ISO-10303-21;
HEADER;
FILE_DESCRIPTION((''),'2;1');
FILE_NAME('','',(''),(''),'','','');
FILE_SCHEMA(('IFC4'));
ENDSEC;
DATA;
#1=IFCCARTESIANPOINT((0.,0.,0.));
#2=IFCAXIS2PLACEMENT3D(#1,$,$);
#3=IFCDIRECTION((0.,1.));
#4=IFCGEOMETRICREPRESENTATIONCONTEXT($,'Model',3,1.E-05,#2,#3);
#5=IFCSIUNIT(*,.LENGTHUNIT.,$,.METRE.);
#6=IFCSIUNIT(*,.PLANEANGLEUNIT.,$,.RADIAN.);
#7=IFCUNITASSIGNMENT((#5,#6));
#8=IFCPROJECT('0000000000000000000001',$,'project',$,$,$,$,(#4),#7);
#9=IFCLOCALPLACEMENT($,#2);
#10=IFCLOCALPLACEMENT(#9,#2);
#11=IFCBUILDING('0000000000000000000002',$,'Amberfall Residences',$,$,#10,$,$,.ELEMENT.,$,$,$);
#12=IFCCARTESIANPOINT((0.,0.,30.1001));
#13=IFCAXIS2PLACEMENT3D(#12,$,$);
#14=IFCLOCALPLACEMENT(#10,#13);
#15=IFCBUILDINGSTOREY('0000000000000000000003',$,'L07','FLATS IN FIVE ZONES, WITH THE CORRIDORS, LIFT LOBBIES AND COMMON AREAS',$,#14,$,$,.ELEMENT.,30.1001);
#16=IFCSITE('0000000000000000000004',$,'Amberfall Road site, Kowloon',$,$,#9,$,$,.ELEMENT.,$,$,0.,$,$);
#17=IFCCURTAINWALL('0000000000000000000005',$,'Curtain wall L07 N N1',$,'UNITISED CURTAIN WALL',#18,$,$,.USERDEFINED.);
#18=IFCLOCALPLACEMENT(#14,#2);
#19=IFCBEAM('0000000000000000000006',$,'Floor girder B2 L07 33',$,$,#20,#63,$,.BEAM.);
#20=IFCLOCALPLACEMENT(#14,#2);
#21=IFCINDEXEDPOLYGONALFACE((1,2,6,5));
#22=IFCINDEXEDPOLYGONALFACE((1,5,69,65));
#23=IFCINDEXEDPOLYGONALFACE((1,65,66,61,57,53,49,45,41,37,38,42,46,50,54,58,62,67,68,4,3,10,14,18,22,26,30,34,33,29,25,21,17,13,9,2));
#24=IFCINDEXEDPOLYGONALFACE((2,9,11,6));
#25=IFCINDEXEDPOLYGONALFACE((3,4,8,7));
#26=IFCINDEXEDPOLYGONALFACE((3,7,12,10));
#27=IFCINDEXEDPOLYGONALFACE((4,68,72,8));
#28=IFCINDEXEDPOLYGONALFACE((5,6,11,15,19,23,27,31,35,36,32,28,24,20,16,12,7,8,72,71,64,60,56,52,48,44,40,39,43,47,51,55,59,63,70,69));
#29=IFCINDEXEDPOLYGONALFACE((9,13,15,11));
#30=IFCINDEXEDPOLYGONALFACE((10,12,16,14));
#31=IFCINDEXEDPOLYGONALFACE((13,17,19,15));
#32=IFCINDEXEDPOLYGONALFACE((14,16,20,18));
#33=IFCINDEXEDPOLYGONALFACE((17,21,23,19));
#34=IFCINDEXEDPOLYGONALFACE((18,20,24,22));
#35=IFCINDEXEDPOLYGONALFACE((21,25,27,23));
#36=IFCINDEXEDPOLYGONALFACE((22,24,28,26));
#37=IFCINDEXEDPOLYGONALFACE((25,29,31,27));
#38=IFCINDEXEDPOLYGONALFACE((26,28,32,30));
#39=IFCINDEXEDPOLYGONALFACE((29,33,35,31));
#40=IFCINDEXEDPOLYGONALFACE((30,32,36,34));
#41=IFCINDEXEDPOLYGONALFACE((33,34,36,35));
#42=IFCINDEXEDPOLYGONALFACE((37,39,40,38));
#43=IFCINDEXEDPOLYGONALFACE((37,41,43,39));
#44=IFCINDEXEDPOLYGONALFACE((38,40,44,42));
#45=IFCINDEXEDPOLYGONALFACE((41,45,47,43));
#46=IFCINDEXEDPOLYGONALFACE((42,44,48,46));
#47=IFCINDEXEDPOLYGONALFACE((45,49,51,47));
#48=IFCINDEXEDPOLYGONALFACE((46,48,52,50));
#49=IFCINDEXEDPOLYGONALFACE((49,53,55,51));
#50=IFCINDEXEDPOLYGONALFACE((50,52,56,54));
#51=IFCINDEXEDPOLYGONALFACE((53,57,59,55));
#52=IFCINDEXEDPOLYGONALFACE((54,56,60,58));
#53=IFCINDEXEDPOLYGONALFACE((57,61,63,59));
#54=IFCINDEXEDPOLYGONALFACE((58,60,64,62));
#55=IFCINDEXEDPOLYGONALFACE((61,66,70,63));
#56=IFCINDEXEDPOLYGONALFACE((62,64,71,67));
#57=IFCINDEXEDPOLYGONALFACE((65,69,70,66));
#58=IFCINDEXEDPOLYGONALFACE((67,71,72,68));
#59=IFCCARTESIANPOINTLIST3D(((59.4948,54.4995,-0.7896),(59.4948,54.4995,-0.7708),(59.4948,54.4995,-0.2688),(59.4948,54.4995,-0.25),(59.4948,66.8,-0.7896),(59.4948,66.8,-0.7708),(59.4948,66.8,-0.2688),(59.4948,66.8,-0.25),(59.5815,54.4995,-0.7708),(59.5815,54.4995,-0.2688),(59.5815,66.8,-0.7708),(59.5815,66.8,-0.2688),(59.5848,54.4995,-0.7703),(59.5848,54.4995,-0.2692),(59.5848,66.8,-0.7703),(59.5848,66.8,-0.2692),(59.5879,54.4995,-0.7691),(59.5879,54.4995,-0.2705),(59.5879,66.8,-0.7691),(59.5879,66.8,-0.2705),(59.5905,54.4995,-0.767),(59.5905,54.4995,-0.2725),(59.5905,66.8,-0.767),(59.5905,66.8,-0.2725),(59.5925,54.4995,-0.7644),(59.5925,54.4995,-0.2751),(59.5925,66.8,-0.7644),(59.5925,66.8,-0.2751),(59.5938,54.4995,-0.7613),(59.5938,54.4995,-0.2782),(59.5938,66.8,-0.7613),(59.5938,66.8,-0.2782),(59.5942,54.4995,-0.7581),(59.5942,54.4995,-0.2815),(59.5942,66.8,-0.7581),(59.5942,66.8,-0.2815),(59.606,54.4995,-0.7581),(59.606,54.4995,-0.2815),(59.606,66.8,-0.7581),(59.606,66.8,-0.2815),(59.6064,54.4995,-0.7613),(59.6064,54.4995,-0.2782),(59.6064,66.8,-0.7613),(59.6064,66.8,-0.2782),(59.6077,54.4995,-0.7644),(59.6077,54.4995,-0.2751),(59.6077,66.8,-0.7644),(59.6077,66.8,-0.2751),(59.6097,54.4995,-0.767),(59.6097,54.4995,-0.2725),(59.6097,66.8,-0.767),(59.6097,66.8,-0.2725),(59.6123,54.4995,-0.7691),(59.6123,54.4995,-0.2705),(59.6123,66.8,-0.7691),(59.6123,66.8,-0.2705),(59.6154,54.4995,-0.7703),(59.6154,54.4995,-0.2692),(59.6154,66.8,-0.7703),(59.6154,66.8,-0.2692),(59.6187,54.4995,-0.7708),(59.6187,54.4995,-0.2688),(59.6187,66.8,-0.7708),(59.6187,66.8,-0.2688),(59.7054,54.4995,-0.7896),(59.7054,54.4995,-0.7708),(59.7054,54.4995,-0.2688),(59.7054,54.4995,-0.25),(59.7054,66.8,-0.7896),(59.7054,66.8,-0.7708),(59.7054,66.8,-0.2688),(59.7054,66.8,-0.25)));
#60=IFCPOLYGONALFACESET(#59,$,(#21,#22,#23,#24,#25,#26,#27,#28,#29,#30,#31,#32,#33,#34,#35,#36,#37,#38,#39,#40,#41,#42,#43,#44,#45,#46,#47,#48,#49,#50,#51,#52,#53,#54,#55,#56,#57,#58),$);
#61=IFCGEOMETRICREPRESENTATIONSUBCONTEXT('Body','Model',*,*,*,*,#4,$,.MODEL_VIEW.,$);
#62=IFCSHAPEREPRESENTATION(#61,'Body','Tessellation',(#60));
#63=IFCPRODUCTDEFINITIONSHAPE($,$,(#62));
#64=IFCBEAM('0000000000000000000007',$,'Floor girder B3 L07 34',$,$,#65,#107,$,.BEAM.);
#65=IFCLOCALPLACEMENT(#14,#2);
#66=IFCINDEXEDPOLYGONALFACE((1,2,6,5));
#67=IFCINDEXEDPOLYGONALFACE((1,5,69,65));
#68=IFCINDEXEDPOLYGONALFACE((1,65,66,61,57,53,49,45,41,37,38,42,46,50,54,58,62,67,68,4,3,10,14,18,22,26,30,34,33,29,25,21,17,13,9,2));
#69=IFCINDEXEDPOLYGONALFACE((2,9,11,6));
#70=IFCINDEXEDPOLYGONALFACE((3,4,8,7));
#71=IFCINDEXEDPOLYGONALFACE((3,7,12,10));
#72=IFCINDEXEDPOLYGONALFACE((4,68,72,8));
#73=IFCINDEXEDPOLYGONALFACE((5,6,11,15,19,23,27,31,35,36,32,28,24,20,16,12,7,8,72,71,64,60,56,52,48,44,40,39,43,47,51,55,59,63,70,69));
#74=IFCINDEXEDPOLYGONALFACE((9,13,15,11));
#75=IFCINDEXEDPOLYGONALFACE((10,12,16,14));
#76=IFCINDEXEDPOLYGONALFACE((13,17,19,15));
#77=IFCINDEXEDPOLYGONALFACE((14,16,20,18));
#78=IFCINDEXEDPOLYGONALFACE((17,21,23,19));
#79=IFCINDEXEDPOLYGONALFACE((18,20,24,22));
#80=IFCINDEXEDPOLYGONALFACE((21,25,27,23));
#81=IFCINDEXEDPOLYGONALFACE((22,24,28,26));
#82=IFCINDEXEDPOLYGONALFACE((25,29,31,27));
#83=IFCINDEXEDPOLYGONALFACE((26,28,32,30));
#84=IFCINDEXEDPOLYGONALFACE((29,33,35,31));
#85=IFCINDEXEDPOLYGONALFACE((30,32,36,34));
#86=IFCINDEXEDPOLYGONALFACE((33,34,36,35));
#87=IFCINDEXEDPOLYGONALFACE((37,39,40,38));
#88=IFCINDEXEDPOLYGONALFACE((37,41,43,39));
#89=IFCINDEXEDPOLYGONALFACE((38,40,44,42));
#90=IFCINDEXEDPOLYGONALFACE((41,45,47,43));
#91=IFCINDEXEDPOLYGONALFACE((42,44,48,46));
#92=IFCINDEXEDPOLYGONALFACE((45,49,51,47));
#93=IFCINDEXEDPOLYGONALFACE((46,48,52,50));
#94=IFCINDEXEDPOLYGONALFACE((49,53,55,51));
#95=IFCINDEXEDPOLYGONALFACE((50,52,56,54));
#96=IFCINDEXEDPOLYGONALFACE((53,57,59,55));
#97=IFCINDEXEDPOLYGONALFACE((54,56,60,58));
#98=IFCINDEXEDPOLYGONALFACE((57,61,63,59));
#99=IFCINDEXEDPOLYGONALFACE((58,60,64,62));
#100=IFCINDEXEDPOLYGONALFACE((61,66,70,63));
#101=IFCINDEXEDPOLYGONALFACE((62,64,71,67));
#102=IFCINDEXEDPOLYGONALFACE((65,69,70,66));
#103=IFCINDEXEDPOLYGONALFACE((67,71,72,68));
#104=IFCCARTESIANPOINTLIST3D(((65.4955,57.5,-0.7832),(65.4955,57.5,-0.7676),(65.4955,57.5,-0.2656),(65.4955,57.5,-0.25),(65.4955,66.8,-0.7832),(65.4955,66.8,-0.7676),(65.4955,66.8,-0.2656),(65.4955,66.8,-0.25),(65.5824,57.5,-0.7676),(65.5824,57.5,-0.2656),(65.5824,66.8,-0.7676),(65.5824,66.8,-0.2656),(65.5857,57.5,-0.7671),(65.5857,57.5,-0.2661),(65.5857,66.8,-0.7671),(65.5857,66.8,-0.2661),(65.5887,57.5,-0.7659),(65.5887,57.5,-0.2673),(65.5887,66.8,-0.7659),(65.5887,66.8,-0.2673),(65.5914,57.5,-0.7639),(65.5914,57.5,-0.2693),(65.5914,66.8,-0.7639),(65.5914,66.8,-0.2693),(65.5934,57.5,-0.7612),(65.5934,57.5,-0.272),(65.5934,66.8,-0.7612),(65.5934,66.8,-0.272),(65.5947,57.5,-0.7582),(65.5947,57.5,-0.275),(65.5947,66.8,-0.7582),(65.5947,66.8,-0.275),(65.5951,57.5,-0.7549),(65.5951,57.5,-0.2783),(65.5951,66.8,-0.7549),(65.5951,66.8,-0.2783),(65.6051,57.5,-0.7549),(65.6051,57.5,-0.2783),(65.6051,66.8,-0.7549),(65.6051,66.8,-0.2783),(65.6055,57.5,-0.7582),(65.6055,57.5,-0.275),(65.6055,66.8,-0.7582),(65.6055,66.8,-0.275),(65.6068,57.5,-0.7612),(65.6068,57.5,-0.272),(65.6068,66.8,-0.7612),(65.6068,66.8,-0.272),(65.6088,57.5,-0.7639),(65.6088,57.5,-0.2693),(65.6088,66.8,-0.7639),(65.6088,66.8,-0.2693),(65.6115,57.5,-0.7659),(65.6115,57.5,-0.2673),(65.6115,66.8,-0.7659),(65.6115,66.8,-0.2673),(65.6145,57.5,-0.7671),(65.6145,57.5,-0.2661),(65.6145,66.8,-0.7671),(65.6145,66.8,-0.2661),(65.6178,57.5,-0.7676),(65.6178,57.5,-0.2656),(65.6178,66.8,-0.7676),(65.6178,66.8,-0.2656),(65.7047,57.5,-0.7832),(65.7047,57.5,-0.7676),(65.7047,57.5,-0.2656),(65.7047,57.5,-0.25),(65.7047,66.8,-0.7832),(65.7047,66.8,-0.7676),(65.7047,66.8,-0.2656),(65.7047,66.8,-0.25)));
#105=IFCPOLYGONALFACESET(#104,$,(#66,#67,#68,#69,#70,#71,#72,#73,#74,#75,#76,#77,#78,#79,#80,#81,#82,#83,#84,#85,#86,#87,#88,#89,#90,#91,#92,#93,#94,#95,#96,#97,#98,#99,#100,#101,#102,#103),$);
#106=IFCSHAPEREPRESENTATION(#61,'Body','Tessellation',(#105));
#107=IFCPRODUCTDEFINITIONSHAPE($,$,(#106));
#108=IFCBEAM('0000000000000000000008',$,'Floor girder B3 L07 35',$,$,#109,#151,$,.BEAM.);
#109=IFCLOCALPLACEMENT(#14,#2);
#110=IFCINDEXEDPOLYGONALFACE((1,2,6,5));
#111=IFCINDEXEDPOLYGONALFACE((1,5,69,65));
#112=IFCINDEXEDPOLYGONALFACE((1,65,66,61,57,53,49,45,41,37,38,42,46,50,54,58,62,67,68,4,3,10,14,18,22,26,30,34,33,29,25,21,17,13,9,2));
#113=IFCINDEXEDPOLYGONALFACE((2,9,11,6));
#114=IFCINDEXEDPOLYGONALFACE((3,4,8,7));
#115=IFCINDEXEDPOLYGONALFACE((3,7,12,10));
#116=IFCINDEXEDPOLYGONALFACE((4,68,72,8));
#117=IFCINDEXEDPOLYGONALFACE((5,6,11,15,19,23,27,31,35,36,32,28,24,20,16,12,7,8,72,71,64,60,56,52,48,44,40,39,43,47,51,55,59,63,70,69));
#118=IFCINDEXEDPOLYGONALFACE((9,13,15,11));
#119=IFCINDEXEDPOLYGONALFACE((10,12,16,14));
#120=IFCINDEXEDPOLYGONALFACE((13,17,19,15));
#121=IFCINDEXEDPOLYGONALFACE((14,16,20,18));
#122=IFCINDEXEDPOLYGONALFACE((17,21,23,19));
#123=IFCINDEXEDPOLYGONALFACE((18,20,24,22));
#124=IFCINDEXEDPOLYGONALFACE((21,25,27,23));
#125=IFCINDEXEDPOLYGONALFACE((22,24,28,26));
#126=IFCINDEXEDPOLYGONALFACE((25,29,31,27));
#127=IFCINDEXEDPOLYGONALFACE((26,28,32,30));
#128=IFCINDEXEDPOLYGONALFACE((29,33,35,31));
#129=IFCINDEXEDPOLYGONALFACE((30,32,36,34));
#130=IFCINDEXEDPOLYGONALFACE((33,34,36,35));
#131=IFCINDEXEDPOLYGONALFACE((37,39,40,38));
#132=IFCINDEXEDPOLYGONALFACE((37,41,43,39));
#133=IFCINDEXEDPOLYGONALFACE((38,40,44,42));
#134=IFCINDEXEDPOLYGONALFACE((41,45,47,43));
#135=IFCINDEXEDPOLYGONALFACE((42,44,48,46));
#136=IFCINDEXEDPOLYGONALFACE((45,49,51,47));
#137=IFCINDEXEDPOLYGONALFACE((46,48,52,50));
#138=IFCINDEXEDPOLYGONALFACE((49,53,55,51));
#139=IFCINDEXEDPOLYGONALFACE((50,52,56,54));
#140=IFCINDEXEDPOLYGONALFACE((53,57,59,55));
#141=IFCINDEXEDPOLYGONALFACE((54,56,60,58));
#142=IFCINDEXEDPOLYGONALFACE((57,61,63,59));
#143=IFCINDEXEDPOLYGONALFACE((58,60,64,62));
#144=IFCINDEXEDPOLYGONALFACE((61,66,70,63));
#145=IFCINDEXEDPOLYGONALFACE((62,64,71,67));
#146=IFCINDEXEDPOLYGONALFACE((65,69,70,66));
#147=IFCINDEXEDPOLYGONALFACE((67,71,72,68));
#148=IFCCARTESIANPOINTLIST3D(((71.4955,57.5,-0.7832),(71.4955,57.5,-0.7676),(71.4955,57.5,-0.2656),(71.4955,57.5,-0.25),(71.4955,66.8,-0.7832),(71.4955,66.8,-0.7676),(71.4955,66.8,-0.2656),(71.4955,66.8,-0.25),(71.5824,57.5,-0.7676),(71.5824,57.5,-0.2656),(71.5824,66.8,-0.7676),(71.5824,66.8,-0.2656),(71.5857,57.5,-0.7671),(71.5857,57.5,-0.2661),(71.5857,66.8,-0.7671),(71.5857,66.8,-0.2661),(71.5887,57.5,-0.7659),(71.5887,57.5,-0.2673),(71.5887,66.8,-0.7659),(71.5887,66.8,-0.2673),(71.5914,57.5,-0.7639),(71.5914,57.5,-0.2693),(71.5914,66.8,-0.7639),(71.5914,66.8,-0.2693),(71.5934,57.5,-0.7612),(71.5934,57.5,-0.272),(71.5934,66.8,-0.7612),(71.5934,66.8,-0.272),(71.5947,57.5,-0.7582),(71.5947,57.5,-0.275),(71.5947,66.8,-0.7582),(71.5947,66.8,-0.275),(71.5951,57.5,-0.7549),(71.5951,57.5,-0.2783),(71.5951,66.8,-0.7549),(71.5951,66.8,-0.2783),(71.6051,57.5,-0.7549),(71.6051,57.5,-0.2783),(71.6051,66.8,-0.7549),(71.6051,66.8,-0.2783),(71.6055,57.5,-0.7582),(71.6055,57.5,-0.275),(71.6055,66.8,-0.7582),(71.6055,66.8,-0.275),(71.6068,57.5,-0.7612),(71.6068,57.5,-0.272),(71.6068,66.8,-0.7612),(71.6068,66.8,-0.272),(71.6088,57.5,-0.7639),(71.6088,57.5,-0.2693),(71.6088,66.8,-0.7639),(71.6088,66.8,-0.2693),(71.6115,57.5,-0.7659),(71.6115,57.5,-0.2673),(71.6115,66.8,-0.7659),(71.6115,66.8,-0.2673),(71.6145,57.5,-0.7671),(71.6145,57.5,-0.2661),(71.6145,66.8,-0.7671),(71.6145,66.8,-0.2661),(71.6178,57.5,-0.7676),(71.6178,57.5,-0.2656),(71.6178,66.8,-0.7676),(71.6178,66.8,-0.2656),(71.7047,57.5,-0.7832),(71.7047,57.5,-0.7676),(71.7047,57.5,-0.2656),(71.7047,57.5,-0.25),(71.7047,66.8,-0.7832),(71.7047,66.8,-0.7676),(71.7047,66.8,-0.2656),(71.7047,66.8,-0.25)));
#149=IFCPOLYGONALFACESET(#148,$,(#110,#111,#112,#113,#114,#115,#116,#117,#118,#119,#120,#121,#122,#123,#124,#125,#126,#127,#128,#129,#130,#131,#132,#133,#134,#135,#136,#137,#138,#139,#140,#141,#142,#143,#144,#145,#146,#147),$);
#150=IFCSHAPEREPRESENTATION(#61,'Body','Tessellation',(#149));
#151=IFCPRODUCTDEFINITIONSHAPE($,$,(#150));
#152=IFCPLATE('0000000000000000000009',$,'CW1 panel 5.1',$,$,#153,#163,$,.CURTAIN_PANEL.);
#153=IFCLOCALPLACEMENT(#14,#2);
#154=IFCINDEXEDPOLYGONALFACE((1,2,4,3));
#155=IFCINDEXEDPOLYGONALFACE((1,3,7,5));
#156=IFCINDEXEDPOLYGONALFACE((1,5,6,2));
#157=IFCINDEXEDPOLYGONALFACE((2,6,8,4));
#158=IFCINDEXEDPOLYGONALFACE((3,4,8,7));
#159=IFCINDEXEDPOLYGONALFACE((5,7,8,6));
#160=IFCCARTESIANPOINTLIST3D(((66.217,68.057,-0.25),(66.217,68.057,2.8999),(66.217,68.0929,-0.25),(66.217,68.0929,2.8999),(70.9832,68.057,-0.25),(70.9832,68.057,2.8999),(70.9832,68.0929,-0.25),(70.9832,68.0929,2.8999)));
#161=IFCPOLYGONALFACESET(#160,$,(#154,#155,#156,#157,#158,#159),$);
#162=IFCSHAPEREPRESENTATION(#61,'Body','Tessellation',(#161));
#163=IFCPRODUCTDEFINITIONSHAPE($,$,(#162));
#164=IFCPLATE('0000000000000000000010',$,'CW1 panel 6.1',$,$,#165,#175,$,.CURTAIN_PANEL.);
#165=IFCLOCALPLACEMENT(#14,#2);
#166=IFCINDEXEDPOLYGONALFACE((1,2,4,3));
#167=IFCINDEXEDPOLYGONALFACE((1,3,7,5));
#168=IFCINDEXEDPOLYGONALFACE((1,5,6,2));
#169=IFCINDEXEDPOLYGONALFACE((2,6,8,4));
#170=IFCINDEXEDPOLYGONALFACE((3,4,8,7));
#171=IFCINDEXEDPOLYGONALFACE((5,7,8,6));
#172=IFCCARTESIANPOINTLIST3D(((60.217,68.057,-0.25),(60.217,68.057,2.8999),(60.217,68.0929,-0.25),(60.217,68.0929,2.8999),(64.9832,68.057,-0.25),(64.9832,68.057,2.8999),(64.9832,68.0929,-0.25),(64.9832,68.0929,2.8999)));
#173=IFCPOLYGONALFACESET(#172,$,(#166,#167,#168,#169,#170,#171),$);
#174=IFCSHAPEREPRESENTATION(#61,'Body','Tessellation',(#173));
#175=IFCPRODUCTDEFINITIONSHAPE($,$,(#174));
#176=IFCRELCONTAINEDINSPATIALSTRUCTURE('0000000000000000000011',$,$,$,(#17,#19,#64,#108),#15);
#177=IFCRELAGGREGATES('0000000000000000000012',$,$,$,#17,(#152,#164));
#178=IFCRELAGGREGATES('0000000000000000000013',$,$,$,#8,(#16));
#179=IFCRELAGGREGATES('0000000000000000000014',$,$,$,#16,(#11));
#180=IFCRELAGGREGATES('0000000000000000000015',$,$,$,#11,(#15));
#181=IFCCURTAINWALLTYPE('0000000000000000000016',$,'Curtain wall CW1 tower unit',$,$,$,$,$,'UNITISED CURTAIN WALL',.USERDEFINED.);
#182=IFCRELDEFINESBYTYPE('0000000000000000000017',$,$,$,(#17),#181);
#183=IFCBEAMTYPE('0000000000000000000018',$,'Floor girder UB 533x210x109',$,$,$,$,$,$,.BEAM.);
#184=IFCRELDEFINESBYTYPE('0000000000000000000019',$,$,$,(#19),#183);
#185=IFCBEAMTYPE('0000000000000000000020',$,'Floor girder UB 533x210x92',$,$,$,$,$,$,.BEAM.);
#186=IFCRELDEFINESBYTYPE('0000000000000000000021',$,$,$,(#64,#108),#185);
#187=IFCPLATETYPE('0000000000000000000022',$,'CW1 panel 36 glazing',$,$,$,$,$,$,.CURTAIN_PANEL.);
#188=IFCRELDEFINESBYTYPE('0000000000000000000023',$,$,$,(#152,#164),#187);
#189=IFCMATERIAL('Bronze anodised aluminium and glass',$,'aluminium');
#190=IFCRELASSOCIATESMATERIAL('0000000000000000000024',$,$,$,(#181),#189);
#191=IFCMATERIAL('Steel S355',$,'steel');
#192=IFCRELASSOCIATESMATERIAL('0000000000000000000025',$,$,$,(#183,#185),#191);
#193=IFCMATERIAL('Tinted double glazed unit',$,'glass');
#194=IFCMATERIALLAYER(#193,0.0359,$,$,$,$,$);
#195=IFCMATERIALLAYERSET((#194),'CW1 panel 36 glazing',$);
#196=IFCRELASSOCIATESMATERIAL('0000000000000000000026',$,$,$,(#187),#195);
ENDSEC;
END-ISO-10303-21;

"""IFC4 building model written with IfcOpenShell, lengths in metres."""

from ifc_helpers import new_model, si_unit, direction, frame, origin, origin_2d, place, context, subcontext, project, spatial, rectangle, i_section, extrude, material, layer, layer_set, material_profile, profile_set, type_object, element, aggregate, save


model = new_model("IFC4")

# Units and contexts
model_context = context("Model", 3, precision=1e-05, world=origin(), true_north=direction((0.0, 1.0)))
body_context = subcontext(model_context, "Body", "Model", "MODEL_VIEW")
ifc_project = project(units=[si_unit("LENGTHUNIT", "METRE"), si_unit("PLANEANGLEUNIT", "RADIAN")], contexts=[model_context])

# Site, building, storey
site_placement = place(None, origin())
site = spatial("IfcSite", under=ifc_project, at=site_placement, Name="Amberfall Road site, Kowloon", CompositionType="ELEMENT", RefElevation=0.0)
building_placement = place(site_placement, origin())
building = spatial("IfcBuilding", under=site, at=building_placement, Name="Amberfall Residences", CompositionType="ELEMENT")
storey_placement = place(building_placement, frame((0.0, 0.0, 30.1001)))
storey = spatial("IfcBuildingStorey", under=building, at=storey_placement, Name="L07", Description="FLATS IN FIVE ZONES, WITH THE CORRIDORS, LIFT LOBBIES AND COMMON AREAS", CompositionType="ELEMENT", Elevation=30.1001)

# Curtain wall
ifc_material_1 = material(Name="Bronze anodised aluminium and glass", Category="aluminium")
curtain_wall_type = type_object("IfcCurtainWallType", Name="Curtain wall CW1 tower unit", ElementType="UNITISED CURTAIN WALL", PredefinedType="USERDEFINED", material=ifc_material_1)
curtain_wall_placement = place(storey_placement, origin())
curtain_wall = element("IfcCurtainWall", 1, at=curtain_wall_placement, inside=storey, type_object=curtain_wall_type, Name="Curtain wall L07 N N1", ObjectType="UNITISED CURTAIN WALL", PredefinedType="USERDEFINED")

# Shared definitions
ifc_material_2 = material(Name="Steel S355", Category="steel")

# Beams
ifc_material_profile_1 = material_profile(ifc_material_2, i_section(OverallWidth=0.2107, OverallDepth=0.5396, WebThickness=0.0117, FlangeThickness=0.0188, FilletRadius=0.0127, at=origin_2d()), Name="UB 533x210x109")
ifc_profile_set_1 = profile_set([ifc_material_profile_1], Name="Steel S355")
beam_type_1 = type_object("IfcBeamType", Name="Floor girder UB 533x210x109", PredefinedType="BEAM", material=ifc_profile_set_1)
beam_placement = place(storey_placement, frame((59.6001, 66.8, -0.5198), z_axis=(0.0, -1.0, 0.0), x_axis=(1.0, 0.0, 0.0)))
element("IfcBeam", 2, at=beam_placement, inside=storey, type_object=beam_type_1, Name="Floor girder B2 L07 33", PredefinedType="BEAM", context=body_context, shape_type="SweptSolid", body=[
    extrude(i_section(OverallWidth=0.2107, OverallDepth=0.5396, WebThickness=0.0117, FlangeThickness=0.0188, FilletRadius=0.0127, at=origin_2d()), origin(), (0.0, 0.0, 1.0), 12.3005),
])
ifc_material_profile_2 = material_profile(ifc_material_2, i_section(OverallWidth=0.2092, OverallDepth=0.5332, WebThickness=0.01, FlangeThickness=0.0156, FilletRadius=0.0127, at=origin_2d()), Name="UB 533x210x92")
ifc_profile_set_2 = profile_set([ifc_material_profile_2], Name="Steel S355")
beam_type_2 = type_object("IfcBeamType", Name="Floor girder UB 533x210x92", PredefinedType="BEAM", material=ifc_profile_set_2)
for number, where, z_axis, x_axis, name in (
    (3, (65.6001, 66.8, -0.5166), (0.0, -1.0, 0.0), (1.0, 0.0, 0.0), "Floor girder B3 L07 34"),
    (4, (71.6001, 66.8, -0.5166), (0.0, -1.0, 0.0), (1.0, 0.0, 0.0), "Floor girder B3 L07 35"),
):
    element("IfcBeam", number, at=place(storey_placement, frame(where, z_axis=z_axis, x_axis=x_axis)), inside=storey, type_object=beam_type_2, Name=name, PredefinedType="BEAM", context=body_context, shape_type="SweptSolid", body=[
        extrude(i_section(OverallWidth=0.2092, OverallDepth=0.5332, WebThickness=0.01, FlangeThickness=0.0156, FilletRadius=0.0127, at=origin_2d()), origin(), (0.0, 0.0, 1.0), 9.3),
    ])

# Plates
ifc_material_3 = material(Name="Tinted double glazed unit", Category="glass")
ifc_layer_1 = layer(ifc_material_3, 0.0359)
ifc_layer_set_1 = layer_set([ifc_layer_1], Name="CW1 panel 36 glazing")
plate_type = type_object("IfcPlateType", Name="CW1 panel 36 glazing", PredefinedType="CURTAIN_PANEL", material=ifc_layer_set_1)
plate_1_placement = place(storey_placement, frame((68.6001, 68.075, -0.25), z_axis=(0.0, 0.0, 1.0), x_axis=(-1.0, 0.0, 0.0)))
plate_1 = element("IfcPlate", 5, at=plate_1_placement, type_object=plate_type, Name="CW1 panel 5.1", PredefinedType="CURTAIN_PANEL", context=body_context, shape_type="SweptSolid", body=[
    extrude(rectangle(XDim=4.7661, YDim=0.0359, at=origin_2d()), origin(), (0.0, 0.0, 1.0), 3.1499),
])
plate_2_placement = place(storey_placement, frame((62.6001, 68.075, -0.25), z_axis=(0.0, 0.0, 1.0), x_axis=(-1.0, 0.0, 0.0)))
plate_2 = element("IfcPlate", 6, at=plate_2_placement, type_object=plate_type, Name="CW1 panel 6.1", PredefinedType="CURTAIN_PANEL", context=body_context, shape_type="SweptSolid", body=[
    extrude(rectangle(XDim=4.7661, YDim=0.0359, at=origin_2d()), origin(), (0.0, 0.0, 1.0), 3.1499),
])
aggregate(curtain_wall, [plate_1, plate_2])

save(model, "model.ifc")
